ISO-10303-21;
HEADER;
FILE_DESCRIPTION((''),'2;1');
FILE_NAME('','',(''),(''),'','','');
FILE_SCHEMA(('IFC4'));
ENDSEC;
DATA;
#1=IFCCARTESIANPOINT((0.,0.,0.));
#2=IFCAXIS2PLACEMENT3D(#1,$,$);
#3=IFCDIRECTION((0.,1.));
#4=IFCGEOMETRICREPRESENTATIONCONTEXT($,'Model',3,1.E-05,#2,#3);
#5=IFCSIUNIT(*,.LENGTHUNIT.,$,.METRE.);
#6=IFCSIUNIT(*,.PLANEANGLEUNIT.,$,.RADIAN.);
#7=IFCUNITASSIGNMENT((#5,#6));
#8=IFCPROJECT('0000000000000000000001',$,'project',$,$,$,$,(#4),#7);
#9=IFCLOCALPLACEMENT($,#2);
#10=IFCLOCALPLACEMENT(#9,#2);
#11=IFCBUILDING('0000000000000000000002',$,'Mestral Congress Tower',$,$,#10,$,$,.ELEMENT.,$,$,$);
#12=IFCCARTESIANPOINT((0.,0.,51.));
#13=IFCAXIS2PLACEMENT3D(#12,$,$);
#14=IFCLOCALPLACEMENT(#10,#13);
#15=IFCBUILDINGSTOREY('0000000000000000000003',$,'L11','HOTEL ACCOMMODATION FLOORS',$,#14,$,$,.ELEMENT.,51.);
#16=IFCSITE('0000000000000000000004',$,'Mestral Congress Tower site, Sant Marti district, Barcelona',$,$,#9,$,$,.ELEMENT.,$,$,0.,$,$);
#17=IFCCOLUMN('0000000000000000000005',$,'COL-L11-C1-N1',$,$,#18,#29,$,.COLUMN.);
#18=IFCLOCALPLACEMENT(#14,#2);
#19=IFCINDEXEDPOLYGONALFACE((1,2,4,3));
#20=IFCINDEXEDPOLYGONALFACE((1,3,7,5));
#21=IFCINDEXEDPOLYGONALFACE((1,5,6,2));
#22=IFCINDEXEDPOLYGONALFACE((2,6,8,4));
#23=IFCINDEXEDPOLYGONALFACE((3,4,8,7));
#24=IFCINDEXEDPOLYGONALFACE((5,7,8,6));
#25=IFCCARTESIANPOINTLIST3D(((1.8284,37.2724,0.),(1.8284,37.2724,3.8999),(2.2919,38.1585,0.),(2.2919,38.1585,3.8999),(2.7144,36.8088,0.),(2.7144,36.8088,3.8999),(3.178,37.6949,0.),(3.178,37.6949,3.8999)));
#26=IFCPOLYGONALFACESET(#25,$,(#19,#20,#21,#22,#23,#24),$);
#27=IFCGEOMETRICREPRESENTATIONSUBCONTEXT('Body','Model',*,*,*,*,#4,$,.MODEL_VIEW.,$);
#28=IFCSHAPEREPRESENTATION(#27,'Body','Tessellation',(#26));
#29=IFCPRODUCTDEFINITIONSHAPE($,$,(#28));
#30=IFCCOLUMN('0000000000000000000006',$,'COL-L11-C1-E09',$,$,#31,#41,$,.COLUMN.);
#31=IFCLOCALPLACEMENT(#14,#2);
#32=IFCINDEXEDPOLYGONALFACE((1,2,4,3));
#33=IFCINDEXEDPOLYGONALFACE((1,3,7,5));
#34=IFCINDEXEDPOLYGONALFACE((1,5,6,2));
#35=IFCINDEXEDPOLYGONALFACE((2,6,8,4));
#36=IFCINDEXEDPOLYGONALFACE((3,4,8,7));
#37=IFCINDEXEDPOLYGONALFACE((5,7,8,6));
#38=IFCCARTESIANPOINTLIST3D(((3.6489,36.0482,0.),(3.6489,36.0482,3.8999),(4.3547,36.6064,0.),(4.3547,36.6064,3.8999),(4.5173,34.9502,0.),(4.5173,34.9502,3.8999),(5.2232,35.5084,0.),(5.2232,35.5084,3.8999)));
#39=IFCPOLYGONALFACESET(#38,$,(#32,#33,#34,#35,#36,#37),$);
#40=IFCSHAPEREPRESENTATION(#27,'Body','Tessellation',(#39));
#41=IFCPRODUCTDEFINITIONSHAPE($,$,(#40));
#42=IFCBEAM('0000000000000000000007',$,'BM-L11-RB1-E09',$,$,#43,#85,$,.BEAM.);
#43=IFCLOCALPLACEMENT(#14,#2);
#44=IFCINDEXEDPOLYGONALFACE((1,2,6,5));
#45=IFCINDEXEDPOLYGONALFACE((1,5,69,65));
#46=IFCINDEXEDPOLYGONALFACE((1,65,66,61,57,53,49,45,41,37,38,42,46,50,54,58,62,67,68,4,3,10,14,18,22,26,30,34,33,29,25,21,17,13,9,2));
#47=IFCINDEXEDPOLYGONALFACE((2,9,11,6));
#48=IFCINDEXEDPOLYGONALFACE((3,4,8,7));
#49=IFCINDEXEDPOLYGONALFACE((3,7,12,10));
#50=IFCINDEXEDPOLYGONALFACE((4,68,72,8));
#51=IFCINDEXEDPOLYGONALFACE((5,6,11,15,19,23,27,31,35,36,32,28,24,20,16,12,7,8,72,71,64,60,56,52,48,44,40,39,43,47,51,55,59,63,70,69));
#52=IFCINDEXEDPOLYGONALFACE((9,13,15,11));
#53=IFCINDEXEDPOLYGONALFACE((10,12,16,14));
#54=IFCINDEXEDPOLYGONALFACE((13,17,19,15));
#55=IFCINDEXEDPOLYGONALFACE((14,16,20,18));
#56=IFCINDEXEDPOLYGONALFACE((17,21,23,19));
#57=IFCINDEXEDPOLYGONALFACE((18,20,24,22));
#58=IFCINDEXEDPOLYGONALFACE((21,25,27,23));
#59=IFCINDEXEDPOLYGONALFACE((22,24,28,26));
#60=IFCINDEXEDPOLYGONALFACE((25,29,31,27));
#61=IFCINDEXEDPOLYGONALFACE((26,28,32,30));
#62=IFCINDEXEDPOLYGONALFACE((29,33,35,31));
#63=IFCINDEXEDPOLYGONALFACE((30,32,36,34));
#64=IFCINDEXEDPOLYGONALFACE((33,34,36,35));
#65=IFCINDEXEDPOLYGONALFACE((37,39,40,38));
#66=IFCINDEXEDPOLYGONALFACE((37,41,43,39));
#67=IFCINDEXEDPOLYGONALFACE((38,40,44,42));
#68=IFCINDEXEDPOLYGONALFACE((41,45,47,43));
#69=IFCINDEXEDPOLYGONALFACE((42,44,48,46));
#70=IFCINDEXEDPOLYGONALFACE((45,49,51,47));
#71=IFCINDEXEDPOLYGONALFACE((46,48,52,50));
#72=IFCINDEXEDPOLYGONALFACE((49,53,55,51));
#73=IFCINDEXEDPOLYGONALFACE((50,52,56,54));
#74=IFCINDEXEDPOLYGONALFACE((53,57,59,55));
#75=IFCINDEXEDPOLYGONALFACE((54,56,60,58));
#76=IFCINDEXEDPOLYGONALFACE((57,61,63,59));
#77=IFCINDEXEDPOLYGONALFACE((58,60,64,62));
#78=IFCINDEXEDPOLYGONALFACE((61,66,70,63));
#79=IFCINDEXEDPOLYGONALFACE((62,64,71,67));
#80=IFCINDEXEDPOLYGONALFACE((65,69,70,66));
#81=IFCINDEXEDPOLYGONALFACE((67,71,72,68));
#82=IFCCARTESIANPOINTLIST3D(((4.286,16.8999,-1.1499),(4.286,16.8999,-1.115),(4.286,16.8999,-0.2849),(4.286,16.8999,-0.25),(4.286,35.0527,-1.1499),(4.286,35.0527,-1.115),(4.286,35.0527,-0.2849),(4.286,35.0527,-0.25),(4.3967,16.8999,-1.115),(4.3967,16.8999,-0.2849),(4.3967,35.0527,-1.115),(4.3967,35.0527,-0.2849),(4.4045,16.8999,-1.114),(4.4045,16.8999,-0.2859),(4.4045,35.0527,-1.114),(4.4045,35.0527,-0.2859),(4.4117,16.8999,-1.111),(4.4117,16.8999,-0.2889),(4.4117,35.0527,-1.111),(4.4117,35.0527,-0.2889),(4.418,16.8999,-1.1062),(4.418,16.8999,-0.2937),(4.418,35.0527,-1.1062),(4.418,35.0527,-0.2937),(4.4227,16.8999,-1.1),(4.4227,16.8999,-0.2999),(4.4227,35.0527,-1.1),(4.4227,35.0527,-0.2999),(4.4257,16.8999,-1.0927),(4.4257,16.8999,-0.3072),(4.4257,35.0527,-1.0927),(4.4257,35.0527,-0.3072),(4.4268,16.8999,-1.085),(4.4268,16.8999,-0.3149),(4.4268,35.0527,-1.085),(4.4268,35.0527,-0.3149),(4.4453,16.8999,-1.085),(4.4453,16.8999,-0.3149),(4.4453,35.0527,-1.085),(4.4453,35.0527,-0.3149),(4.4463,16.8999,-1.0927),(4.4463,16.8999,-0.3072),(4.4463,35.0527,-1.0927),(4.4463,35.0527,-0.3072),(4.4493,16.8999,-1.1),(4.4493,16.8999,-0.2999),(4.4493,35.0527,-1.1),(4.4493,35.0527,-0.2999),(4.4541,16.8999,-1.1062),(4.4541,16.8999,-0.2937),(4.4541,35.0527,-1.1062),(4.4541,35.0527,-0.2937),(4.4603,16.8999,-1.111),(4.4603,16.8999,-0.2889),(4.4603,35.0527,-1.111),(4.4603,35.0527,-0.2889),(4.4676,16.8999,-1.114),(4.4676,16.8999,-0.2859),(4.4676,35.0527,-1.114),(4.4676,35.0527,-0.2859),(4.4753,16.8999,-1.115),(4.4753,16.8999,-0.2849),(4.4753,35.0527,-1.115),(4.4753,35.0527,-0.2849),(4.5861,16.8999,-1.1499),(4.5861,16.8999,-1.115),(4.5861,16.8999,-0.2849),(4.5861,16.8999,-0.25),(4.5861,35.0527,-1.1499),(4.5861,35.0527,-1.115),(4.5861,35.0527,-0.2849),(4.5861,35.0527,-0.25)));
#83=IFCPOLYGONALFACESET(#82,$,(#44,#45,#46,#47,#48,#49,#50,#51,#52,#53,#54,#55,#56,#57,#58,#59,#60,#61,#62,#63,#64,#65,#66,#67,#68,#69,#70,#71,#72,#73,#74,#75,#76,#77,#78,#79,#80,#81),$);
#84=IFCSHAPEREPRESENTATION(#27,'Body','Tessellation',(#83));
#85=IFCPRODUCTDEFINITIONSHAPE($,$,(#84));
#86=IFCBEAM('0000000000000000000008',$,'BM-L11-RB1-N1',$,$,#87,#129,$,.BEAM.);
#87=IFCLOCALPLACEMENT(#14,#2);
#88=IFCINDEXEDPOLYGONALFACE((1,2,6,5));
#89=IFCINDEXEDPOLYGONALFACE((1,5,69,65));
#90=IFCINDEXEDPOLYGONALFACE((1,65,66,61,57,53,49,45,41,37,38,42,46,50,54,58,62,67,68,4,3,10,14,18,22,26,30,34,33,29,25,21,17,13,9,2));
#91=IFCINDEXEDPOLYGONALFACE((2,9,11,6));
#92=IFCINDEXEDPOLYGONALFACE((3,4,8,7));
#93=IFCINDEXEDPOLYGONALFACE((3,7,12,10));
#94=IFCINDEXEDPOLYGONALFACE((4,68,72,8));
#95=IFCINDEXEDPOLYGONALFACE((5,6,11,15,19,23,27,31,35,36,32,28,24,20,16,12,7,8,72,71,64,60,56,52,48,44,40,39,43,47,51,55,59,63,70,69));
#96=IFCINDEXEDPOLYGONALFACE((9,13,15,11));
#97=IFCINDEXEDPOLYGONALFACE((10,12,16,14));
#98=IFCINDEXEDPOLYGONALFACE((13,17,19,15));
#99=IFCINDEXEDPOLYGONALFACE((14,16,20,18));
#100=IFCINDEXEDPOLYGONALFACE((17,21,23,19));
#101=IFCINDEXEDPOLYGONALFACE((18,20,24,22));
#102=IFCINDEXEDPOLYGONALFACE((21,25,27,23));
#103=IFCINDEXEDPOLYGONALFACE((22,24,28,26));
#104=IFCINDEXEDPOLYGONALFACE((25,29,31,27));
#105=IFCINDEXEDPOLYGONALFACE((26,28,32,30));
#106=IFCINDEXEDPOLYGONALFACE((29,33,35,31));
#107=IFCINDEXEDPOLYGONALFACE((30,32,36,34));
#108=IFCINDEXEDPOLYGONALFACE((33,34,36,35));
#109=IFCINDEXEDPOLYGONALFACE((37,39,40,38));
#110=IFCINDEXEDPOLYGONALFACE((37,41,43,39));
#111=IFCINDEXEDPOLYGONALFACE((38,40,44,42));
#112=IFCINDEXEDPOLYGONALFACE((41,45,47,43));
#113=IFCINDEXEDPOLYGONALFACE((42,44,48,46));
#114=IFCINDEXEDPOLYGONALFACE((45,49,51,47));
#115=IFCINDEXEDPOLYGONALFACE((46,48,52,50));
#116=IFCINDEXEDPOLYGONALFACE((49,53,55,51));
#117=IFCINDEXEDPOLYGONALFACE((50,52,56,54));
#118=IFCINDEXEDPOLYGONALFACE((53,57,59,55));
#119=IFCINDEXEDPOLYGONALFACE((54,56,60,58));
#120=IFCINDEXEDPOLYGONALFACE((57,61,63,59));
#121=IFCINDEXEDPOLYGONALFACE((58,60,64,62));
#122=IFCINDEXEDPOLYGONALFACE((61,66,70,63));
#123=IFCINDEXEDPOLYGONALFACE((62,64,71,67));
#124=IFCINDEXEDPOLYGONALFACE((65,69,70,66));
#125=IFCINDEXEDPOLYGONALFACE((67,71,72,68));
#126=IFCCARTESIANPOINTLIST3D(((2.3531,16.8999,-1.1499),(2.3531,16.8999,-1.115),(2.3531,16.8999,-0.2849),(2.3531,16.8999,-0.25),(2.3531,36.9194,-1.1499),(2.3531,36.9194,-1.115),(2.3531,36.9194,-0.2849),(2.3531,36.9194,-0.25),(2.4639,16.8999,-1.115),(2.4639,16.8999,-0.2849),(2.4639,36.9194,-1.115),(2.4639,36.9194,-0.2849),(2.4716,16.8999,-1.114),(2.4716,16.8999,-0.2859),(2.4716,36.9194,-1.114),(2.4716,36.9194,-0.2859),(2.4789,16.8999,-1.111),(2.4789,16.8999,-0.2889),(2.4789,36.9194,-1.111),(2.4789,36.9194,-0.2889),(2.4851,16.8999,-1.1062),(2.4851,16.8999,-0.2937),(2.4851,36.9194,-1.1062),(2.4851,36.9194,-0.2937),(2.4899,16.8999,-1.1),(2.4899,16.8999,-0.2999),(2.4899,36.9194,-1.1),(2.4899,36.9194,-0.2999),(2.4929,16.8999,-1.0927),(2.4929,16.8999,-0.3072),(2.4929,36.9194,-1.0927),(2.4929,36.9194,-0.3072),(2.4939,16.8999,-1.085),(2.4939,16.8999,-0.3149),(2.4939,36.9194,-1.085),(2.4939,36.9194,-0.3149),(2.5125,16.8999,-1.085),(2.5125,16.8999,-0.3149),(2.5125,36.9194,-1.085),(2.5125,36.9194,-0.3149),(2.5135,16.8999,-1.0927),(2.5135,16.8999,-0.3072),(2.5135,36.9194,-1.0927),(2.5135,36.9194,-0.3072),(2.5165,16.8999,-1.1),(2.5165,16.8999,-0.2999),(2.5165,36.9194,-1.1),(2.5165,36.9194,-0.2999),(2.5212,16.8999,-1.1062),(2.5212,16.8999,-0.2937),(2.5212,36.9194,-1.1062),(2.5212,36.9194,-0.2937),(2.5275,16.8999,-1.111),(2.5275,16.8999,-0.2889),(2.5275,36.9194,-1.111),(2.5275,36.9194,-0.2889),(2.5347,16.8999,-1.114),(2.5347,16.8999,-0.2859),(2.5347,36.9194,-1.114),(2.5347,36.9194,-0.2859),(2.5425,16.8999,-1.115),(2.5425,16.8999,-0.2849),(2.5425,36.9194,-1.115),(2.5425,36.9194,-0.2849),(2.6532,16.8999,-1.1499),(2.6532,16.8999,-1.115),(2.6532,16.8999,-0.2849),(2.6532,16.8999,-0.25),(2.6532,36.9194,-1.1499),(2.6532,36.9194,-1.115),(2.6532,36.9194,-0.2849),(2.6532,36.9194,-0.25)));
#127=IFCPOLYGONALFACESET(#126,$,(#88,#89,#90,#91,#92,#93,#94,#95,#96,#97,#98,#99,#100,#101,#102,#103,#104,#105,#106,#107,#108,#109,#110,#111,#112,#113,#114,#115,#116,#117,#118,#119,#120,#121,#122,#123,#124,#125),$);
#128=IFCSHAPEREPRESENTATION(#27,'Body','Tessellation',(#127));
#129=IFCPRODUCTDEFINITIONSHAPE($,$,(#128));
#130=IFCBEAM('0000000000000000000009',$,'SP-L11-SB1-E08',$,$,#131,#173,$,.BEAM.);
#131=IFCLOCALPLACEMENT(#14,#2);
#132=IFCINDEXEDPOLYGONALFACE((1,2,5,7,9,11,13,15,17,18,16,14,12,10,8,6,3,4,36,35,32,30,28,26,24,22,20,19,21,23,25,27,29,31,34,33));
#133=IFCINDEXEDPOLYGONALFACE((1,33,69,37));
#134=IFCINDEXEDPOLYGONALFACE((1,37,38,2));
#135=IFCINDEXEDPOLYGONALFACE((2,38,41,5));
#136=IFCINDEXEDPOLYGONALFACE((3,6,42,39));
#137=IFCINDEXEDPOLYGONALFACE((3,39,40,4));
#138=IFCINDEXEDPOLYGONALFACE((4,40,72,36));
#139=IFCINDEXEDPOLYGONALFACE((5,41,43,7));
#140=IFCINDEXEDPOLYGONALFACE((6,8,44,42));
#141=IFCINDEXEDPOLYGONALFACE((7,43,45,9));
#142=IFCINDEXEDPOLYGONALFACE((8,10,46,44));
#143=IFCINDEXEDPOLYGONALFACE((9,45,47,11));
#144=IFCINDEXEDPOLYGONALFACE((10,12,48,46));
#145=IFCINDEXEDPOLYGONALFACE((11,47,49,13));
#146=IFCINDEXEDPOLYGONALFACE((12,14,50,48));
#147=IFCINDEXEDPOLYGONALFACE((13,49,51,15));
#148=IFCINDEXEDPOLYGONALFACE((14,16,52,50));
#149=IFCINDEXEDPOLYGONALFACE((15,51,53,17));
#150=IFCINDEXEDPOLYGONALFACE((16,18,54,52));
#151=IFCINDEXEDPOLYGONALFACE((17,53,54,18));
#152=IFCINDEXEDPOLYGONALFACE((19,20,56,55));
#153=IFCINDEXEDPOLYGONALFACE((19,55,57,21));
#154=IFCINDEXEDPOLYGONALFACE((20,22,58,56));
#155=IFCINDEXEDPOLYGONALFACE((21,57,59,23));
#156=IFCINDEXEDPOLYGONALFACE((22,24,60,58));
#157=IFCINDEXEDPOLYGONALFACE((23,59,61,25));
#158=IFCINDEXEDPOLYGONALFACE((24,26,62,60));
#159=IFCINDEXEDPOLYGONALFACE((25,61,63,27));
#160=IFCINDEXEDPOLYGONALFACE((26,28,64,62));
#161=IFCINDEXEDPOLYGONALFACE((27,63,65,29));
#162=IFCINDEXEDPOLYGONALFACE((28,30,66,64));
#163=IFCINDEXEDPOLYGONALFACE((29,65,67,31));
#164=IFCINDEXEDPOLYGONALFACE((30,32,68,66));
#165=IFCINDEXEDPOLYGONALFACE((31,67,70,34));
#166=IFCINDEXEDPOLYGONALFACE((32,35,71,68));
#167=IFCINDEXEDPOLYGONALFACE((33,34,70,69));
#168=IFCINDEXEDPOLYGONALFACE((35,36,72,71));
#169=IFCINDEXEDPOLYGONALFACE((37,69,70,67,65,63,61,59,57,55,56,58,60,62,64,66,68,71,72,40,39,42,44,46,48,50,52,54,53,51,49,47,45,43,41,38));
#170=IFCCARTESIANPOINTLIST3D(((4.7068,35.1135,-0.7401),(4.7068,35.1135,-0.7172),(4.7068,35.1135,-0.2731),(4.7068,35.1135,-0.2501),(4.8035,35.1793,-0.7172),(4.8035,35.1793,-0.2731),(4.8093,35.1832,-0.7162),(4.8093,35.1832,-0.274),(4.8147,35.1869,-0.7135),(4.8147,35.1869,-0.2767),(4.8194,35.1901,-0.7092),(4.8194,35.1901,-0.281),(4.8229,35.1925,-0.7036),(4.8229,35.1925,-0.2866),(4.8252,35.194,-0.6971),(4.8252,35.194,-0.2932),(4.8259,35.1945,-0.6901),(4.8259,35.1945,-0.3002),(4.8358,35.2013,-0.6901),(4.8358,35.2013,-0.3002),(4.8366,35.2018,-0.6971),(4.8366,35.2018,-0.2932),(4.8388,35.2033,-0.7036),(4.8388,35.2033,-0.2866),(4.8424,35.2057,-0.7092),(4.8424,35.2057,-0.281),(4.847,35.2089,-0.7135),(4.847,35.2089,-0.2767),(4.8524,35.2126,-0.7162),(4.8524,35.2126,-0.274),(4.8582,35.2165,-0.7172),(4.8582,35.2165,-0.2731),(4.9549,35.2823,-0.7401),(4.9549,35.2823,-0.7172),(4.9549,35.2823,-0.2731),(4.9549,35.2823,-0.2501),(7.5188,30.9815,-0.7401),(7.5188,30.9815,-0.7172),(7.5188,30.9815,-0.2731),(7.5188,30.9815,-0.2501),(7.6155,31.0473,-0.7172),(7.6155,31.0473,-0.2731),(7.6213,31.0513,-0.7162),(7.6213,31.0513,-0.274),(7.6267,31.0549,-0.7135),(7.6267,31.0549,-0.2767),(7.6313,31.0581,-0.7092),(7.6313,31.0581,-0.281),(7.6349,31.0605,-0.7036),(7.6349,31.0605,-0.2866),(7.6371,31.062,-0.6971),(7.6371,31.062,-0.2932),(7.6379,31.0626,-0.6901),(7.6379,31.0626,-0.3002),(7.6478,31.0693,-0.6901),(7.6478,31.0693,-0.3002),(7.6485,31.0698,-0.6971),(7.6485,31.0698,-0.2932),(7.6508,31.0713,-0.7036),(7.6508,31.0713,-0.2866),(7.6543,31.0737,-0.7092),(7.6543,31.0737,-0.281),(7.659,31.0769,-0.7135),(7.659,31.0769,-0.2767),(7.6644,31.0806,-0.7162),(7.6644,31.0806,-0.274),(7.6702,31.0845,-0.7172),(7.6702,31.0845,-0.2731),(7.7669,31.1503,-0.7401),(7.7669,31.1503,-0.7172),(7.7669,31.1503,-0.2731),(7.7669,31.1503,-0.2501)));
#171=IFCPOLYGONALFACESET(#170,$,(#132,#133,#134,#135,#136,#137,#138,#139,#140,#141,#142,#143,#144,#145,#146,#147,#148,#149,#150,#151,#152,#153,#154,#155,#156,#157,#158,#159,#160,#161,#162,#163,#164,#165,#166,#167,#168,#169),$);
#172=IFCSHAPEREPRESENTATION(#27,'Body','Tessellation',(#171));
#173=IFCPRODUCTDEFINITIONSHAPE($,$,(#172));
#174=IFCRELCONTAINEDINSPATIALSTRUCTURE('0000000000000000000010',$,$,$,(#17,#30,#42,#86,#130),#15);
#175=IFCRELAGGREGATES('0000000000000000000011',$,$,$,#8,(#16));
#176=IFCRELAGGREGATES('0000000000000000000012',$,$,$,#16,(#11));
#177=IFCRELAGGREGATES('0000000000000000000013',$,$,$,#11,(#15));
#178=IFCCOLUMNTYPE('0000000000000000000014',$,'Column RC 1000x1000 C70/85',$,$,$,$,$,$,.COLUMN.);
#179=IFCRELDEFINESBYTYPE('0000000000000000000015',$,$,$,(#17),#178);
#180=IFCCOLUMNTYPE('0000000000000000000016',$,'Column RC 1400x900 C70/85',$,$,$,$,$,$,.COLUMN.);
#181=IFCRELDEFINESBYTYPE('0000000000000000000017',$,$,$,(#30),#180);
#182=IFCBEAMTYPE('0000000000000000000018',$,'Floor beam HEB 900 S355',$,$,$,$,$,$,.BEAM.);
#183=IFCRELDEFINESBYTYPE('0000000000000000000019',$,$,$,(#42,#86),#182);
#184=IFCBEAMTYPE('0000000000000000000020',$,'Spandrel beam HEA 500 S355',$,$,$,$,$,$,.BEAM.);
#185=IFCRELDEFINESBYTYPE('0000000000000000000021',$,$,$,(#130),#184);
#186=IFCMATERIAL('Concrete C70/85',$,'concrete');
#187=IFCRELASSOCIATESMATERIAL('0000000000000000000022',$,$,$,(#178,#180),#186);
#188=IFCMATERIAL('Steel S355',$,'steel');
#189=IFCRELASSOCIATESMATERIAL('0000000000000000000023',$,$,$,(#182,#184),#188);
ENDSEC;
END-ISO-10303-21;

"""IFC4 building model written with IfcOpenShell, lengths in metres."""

from ifc_helpers import new_model, si_unit, direction, frame, origin, origin_2d, place, context, subcontext, project, spatial, rectangle, i_section, extrude, material, material_profile, profile_set, type_object, element, save


model = new_model("IFC4")

# Units and contexts
model_context = context("Model", 3, precision=1e-05, world=origin(), true_north=direction((0.0, 1.0)))
body_context = subcontext(model_context, "Body", "Model", "MODEL_VIEW")
ifc_project = project(units=[si_unit("LENGTHUNIT", "METRE"), si_unit("PLANEANGLEUNIT", "RADIAN")], contexts=[model_context])

# Site, building, storey
site_placement = place(None, origin())
site = spatial("IfcSite", under=ifc_project, at=site_placement, Name="Mestral Congress Tower site, Sant Marti district, Barcelona", CompositionType="ELEMENT", RefElevation=0.0)
building_placement = place(site_placement, origin())
building = spatial("IfcBuilding", under=site, at=building_placement, Name="Mestral Congress Tower", CompositionType="ELEMENT")
storey_placement = place(building_placement, frame((0.0, 0.0, 51.0)))
storey = spatial("IfcBuildingStorey", under=building, at=storey_placement, Name="L11", Description="HOTEL ACCOMMODATION FLOORS", CompositionType="ELEMENT", Elevation=51.0)

# Columns
ifc_material_1 = material(Name="Concrete C70/85", Category="concrete")
ifc_material_profile_1 = material_profile(ifc_material_1, rectangle(XDim=1.0, YDim=1.0, at=origin_2d()), Name="RC 1000x1000")
ifc_profile_set_1 = profile_set([ifc_material_profile_1], Name="Concrete C70/85")
column_type_1 = type_object("IfcColumnType", Name="Column RC 1000x1000 C70/85", PredefinedType="COLUMN", material=ifc_profile_set_1)
column_1_placement = place(storey_placement, frame((2.5032, 37.4836, 0.0), z_axis=(0.0, 0.0, 1.0), x_axis=(-0.886068, 0.463556, 0.0)))
element("IfcColumn", 1, at=column_1_placement, inside=storey, type_object=column_type_1, Name="COL-L11-C1-N1", PredefinedType="COLUMN", context=body_context, shape_type="SweptSolid", body=[
    extrude(rectangle(XDim=1.0, YDim=1.0, at=origin_2d()), origin(), (0.0, 0.0, 1.0), 3.8999),
])
ifc_material_profile_2 = material_profile(ifc_material_1, rectangle(XDim=1.3999, YDim=0.8999, at=origin_2d()), Name="RC 1400x900")
ifc_profile_set_2 = profile_set([ifc_material_profile_2], Name="Concrete C70/85")
column_type_2 = type_object("IfcColumnType", Name="Column RC 1400x900 C70/85", PredefinedType="COLUMN", material=ifc_profile_set_2)
column_2_placement = place(storey_placement, frame((4.436, 35.7783, 0.0), z_axis=(0.0, 0.0, 1.0), x_axis=(-0.620334, 0.784338, 0.0)))
element("IfcColumn", 2, at=column_2_placement, inside=storey, type_object=column_type_2, Name="COL-L11-C1-E09", PredefinedType="COLUMN", context=body_context, shape_type="SweptSolid", body=[
    extrude(rectangle(XDim=1.3999, YDim=0.8999, at=origin_2d()), origin(), (0.0, 0.0, 1.0), 3.8999),
])

# Beams
ifc_material_2 = material(Name="Steel S355", Category="steel")
ifc_material_profile_3 = material_profile(ifc_material_2, i_section(OverallWidth=0.3, OverallDepth=0.8999, WebThickness=0.0186, FlangeThickness=0.0349, FilletRadius=0.03, at=origin_2d()), Name="HEB 900")
ifc_profile_set_3 = profile_set([ifc_material_profile_3], Name="Steel S355")
beam_type_1 = type_object("IfcBeamType", Name="Floor beam HEB 900 S355", PredefinedType="BEAM", material=ifc_profile_set_3)
beam_1_placement = place(storey_placement, frame((4.436, 35.0527, -0.7), z_axis=(0.0, -1.0, 0.0), x_axis=(1.0, 0.0, 0.0)))
element("IfcBeam", 3, at=beam_1_placement, inside=storey, type_object=beam_type_1, Name="BM-L11-RB1-E09", PredefinedType="BEAM", context=body_context, shape_type="SweptSolid", body=[
    extrude(i_section(OverallWidth=0.3, OverallDepth=0.8999, WebThickness=0.0186, FlangeThickness=0.0349, FilletRadius=0.03, at=origin_2d()), origin(), (0.0, 0.0, 1.0), 18.1528),
])
beam_2_placement = place(storey_placement, frame((2.5032, 36.9194, -0.7), z_axis=(0.0, -1.0, 0.0), x_axis=(1.0, 0.0, 0.0)))
element("IfcBeam", 4, at=beam_2_placement, inside=storey, type_object=beam_type_1, Name="BM-L11-RB1-N1", PredefinedType="BEAM", context=body_context, shape_type="SweptSolid", body=[
    extrude(i_section(OverallWidth=0.3, OverallDepth=0.8999, WebThickness=0.0186, FlangeThickness=0.0349, FilletRadius=0.03, at=origin_2d()), origin(), (0.0, 0.0, 1.0), 20.0195),
])
ifc_material_profile_4 = material_profile(ifc_material_2, i_section(OverallWidth=0.3, OverallDepth=0.49, WebThickness=0.012, FlangeThickness=0.0229, FilletRadius=0.0271, at=origin_2d()), Name="HEA 500")
ifc_profile_set_4 = profile_set([ifc_material_profile_4], Name="Steel S355")
beam_type_2 = type_object("IfcBeamType", Name="Spandrel beam HEA 500 S355", PredefinedType="BEAM", material=ifc_profile_set_4)
beam_3_placement = place(storey_placement, frame((7.6428, 31.0659, -0.4951), z_axis=(-0.562611, 0.826722, 0.0), x_axis=(-0.826722, -0.562611, 0.0)))
element("IfcBeam", 5, at=beam_3_placement, inside=storey, type_object=beam_type_2, Name="SP-L11-SB1-E08", PredefinedType="BEAM", context=body_context, shape_type="SweptSolid", body=[
    extrude(i_section(OverallWidth=0.3, OverallDepth=0.49, WebThickness=0.012, FlangeThickness=0.0229, FilletRadius=0.0271, at=origin_2d()), origin(), (0.0, 0.0, 1.0), 4.998),
])

save(model, "model.ifc")
